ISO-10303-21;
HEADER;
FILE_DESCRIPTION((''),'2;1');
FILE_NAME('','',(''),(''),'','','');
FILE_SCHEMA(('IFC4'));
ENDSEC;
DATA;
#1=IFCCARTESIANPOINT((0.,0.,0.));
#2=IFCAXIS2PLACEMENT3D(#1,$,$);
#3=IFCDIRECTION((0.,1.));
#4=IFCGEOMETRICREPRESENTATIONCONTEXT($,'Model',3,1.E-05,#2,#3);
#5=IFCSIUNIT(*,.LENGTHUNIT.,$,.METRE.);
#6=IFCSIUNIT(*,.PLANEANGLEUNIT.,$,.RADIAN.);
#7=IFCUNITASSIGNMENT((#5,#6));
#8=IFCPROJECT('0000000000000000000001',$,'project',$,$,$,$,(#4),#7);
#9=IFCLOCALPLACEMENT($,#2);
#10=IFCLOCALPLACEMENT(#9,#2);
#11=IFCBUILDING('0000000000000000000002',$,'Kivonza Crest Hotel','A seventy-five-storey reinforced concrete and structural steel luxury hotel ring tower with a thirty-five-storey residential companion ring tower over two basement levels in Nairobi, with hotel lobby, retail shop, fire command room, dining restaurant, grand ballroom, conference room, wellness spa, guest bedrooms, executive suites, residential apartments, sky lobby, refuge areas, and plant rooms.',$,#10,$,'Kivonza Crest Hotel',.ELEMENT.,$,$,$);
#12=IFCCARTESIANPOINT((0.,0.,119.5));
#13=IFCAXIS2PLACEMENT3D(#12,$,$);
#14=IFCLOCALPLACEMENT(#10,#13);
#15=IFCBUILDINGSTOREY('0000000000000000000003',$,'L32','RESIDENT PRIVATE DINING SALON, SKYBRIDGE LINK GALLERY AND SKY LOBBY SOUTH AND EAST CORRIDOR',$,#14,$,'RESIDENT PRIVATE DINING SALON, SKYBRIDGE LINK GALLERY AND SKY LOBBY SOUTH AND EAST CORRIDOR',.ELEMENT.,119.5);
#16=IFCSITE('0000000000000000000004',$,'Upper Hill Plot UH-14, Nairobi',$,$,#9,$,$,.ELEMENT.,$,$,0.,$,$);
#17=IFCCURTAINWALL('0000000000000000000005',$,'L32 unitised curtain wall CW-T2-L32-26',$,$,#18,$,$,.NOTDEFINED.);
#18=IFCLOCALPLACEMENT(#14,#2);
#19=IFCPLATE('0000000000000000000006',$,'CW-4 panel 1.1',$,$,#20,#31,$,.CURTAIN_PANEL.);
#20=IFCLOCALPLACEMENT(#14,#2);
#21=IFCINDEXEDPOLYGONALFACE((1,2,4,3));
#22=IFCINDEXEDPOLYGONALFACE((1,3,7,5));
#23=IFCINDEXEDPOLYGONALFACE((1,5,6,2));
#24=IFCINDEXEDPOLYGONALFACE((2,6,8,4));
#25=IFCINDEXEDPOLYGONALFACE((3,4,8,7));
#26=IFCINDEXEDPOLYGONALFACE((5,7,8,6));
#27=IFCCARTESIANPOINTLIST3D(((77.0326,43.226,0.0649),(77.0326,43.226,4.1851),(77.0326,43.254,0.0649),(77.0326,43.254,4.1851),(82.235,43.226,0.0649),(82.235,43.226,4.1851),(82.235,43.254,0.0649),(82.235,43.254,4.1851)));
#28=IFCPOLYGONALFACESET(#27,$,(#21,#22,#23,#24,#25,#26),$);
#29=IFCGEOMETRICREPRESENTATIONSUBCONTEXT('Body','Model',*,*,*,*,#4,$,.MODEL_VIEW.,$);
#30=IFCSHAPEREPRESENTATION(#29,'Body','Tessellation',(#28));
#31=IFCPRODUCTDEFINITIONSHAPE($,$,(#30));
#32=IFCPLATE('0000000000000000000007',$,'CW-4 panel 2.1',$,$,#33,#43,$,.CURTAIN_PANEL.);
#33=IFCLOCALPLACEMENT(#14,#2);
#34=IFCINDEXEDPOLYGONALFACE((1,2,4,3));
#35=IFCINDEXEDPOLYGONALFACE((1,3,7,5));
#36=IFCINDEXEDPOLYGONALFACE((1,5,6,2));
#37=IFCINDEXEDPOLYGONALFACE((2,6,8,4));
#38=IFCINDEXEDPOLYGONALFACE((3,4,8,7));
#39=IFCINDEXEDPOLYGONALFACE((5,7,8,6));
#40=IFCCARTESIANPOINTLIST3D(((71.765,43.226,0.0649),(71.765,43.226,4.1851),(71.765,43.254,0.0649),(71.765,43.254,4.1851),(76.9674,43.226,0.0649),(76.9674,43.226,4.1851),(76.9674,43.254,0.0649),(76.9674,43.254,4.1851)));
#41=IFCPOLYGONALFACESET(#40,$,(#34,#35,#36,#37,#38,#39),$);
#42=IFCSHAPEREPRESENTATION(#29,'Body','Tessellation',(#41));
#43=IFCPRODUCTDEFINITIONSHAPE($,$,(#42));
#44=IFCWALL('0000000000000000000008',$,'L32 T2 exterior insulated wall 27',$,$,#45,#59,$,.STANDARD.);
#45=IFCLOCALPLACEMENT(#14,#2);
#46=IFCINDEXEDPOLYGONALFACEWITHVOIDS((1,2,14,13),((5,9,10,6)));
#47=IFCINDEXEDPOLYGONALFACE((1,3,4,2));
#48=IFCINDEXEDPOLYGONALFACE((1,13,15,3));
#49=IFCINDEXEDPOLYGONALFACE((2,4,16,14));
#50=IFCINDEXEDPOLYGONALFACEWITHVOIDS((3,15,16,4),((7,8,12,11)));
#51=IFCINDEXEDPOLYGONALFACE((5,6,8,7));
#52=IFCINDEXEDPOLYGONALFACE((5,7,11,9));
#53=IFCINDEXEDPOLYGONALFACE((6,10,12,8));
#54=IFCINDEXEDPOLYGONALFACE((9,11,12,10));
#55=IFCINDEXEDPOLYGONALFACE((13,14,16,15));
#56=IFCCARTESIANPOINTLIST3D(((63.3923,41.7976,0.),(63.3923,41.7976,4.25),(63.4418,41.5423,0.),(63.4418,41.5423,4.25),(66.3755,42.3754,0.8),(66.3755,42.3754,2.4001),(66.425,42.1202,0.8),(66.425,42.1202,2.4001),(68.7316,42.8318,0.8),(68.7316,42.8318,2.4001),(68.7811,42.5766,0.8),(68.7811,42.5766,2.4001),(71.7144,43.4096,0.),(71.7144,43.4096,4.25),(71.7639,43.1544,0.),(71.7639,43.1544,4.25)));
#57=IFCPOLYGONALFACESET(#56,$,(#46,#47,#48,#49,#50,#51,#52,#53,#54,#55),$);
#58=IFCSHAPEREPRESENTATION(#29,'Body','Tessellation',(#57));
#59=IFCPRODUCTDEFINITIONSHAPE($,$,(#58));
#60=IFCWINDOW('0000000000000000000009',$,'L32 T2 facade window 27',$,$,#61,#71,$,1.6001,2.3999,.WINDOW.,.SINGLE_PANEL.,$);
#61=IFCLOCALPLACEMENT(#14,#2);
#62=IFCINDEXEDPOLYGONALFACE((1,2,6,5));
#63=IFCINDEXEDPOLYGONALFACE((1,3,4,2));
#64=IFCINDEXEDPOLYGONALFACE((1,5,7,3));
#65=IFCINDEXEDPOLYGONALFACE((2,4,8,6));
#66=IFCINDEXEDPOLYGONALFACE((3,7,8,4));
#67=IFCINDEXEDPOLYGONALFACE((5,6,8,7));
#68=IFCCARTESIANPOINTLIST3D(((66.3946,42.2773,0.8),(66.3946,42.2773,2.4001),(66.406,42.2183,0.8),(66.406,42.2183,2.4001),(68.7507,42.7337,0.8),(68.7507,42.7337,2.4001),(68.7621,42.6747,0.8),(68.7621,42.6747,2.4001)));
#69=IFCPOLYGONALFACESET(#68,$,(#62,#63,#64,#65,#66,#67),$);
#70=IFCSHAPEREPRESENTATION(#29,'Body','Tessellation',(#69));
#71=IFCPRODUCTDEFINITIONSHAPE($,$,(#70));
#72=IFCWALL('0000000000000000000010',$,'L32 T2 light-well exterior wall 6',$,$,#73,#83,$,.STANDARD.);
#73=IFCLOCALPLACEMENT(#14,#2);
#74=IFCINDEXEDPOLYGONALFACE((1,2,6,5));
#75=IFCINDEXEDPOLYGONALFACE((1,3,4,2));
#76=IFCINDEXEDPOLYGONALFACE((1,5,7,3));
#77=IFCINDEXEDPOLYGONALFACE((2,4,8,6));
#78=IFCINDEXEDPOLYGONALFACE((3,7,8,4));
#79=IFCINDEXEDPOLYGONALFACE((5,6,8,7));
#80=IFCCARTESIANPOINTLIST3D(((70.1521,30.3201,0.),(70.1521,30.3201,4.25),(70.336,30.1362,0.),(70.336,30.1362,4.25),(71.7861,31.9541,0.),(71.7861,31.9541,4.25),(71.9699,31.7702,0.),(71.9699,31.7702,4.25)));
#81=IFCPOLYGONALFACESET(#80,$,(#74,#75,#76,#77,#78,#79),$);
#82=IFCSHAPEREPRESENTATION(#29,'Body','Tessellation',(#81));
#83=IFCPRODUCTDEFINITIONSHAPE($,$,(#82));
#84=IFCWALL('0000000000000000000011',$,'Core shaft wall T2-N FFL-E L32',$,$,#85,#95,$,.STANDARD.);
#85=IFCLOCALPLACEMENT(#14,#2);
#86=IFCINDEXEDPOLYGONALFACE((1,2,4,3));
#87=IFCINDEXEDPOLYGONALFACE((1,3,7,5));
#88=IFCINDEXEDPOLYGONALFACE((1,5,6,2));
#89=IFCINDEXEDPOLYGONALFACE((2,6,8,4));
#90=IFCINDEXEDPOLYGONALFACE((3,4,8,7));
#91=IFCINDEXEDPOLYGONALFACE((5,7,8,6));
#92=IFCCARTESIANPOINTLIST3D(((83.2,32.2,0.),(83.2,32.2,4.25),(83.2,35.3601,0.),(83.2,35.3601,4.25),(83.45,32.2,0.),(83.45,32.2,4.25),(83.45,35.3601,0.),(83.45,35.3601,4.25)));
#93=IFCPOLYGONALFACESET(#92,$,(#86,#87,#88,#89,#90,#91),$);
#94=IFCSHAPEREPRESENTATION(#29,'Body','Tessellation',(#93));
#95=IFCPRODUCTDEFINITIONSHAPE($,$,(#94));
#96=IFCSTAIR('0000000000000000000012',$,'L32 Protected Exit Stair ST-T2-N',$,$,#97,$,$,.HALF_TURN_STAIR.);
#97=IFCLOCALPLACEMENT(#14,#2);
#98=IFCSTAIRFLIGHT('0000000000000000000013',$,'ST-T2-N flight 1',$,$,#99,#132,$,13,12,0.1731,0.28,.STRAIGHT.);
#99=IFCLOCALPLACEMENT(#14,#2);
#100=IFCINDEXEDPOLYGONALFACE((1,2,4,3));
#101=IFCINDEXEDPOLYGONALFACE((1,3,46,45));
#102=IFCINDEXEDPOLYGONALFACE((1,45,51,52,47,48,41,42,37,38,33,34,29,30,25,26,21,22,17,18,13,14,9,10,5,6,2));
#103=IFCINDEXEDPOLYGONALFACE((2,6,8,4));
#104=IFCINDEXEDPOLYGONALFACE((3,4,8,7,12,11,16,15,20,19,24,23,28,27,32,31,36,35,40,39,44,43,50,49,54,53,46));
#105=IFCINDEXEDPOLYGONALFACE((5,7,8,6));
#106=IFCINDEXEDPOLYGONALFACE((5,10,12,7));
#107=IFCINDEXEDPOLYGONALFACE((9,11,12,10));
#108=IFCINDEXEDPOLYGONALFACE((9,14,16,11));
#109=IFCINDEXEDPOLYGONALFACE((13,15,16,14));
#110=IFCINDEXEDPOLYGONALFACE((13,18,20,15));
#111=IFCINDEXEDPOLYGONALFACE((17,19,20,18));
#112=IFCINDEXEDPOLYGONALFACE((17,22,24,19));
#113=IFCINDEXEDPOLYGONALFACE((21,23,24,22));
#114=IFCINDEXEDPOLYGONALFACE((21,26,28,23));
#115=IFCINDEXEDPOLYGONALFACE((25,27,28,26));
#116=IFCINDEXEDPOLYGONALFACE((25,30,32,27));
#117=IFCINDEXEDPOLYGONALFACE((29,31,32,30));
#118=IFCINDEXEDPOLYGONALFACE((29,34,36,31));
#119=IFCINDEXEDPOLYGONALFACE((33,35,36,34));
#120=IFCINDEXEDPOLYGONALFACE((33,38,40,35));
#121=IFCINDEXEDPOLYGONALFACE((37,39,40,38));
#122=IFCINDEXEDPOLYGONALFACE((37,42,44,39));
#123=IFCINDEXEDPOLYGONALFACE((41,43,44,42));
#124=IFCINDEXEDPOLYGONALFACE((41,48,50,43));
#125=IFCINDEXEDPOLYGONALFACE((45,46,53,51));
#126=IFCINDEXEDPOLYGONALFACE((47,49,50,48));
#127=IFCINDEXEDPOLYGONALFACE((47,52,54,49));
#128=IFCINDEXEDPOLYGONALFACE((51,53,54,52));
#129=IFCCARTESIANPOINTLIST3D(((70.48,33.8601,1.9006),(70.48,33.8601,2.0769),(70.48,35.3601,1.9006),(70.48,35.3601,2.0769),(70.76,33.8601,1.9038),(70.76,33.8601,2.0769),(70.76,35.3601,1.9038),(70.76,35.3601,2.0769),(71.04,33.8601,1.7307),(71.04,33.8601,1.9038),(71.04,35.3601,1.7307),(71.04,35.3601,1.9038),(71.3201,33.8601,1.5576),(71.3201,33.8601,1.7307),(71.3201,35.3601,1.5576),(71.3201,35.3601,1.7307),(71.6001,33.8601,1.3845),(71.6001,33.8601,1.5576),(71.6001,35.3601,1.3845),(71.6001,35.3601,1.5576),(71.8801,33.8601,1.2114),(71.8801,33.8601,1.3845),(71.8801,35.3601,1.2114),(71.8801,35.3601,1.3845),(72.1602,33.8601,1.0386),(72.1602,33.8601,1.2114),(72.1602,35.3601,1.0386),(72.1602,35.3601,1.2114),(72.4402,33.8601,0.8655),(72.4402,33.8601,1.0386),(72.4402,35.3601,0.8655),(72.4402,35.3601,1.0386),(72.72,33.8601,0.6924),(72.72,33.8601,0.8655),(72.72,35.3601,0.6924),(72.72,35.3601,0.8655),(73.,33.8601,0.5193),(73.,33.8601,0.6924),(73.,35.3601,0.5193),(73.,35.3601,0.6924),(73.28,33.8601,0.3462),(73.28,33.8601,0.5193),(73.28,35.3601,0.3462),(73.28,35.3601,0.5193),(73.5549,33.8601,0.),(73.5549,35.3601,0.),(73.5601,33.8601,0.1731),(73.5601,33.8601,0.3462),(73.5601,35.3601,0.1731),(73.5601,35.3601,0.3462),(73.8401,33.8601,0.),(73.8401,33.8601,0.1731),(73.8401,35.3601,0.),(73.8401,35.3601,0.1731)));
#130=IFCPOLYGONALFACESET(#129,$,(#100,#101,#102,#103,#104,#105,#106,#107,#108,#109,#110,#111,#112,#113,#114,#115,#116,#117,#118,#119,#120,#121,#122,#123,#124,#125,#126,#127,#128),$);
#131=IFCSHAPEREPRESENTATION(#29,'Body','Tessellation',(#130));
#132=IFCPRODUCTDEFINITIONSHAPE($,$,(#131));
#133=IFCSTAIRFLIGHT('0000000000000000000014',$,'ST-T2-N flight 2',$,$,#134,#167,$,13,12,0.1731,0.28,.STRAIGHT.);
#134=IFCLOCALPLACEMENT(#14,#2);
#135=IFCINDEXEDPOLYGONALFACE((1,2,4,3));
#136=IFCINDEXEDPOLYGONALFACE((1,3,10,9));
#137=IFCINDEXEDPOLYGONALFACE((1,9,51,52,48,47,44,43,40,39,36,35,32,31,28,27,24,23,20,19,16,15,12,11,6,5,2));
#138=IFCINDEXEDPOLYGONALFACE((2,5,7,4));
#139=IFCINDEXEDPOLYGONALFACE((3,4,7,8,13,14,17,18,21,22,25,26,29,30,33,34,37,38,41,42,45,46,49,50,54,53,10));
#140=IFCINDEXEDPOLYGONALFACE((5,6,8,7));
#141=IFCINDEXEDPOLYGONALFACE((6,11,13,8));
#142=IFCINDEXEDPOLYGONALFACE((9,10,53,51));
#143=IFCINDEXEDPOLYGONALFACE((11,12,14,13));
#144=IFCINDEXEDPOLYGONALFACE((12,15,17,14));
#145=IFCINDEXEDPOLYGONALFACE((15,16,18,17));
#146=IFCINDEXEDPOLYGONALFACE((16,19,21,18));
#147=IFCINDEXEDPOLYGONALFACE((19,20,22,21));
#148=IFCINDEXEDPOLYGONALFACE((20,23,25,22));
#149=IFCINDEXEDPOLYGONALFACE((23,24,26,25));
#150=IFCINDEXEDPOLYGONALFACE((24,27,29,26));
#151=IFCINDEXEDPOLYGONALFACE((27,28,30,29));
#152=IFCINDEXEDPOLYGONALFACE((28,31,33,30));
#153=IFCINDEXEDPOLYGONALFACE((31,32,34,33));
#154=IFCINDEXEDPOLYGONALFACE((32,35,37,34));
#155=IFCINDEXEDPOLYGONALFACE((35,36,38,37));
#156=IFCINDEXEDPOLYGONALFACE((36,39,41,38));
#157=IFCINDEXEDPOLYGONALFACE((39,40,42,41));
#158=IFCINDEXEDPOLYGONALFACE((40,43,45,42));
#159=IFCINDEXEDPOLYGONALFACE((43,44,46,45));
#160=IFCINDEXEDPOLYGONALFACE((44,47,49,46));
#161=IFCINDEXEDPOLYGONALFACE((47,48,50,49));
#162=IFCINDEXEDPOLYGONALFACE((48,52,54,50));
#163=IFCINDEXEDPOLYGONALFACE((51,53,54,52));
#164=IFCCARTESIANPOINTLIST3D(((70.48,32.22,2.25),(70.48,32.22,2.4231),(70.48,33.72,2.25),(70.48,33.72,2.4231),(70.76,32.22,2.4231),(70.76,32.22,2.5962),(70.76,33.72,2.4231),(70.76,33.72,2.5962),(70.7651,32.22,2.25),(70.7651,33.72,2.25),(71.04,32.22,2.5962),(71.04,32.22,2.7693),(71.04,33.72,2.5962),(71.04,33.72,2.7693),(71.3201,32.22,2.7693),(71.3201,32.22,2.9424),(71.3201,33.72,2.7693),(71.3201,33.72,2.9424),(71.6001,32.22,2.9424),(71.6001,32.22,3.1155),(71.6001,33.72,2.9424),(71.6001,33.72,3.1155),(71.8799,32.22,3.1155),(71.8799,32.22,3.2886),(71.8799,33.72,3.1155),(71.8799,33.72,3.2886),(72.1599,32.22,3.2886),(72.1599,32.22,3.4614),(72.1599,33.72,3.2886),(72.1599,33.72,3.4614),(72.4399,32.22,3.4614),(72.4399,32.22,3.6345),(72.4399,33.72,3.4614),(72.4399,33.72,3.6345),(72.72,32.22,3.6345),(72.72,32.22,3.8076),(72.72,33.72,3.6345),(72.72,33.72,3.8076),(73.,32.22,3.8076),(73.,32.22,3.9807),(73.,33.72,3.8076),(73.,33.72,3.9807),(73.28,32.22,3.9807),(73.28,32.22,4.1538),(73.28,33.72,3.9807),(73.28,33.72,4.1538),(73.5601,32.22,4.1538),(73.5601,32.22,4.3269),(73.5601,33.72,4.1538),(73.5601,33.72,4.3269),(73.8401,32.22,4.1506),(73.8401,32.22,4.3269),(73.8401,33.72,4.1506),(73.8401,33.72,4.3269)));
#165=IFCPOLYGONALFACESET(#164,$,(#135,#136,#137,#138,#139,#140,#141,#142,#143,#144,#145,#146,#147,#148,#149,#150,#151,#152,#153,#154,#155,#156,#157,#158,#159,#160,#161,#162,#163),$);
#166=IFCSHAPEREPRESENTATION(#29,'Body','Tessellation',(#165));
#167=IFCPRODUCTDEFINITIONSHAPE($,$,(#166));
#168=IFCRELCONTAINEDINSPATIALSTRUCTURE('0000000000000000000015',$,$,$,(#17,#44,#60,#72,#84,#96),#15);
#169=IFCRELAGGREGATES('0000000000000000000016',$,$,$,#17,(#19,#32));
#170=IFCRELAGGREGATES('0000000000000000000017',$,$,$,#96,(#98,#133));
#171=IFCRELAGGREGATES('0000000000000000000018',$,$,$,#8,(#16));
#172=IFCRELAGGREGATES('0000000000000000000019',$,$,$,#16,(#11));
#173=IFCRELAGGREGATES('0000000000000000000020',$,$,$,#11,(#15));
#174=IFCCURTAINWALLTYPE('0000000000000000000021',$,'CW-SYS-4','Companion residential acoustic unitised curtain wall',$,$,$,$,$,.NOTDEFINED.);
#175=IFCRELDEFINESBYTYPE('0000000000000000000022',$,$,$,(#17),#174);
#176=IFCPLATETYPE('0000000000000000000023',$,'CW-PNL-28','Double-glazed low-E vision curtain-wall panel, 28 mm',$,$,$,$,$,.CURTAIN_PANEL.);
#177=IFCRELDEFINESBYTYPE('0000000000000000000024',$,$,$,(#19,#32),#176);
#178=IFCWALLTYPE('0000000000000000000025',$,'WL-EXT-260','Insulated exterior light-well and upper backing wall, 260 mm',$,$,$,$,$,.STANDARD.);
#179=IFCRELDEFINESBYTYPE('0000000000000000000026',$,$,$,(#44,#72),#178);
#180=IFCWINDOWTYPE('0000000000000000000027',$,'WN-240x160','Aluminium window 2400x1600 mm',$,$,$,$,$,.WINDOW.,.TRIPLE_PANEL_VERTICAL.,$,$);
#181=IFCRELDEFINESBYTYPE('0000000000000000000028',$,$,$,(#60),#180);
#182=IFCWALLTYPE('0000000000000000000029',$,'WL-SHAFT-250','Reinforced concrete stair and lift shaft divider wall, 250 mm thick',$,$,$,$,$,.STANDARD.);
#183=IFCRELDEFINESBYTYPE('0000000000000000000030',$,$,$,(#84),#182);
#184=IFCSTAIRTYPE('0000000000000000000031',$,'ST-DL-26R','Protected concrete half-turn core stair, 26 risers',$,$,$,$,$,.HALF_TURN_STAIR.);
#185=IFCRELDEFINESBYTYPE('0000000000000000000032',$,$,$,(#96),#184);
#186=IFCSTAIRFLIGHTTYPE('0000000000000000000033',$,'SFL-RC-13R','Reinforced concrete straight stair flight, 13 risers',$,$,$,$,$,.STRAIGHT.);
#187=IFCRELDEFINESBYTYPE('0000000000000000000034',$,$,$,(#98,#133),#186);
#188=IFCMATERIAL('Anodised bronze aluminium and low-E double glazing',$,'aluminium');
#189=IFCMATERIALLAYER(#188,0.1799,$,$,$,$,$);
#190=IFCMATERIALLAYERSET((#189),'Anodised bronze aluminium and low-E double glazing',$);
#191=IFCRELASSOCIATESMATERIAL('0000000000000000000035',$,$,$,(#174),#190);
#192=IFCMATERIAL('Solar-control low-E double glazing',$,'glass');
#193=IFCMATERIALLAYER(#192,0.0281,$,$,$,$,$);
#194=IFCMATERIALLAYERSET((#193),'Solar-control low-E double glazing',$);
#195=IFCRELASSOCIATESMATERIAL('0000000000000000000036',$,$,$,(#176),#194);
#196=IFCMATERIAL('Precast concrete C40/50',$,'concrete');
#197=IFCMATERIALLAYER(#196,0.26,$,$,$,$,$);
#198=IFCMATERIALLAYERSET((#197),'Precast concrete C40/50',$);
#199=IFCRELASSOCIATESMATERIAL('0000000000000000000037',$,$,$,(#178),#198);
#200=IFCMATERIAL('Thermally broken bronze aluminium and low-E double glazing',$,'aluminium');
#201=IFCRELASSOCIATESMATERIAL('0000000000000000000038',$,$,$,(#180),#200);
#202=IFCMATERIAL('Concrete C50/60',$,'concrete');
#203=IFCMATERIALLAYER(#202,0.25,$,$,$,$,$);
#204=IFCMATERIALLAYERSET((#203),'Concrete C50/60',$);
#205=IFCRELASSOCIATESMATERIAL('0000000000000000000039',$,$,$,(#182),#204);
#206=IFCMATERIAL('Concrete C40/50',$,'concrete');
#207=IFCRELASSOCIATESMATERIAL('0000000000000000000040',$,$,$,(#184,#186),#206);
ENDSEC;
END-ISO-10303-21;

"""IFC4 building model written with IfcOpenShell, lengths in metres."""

from ifc_helpers import new_model, si_unit, direction, frame, frame_2d, origin, origin_2d, place, context, subcontext, project, spatial, polyline, rectangle, outline, extrude, material, layer, layer_set, type_object, element, fill, aggregate, save


model = new_model("IFC4")

# Units and contexts
model_context = context("Model", 3, precision=1e-05, world=origin(), true_north=direction((0.0, 1.0)))
body_context = subcontext(model_context, "Body", "Model", "MODEL_VIEW")
ifc_project = project(units=[si_unit("LENGTHUNIT", "METRE"), si_unit("PLANEANGLEUNIT", "RADIAN")], contexts=[model_context])

# Site, building, storey
site_placement = place(None, origin())
site = spatial("IfcSite", under=ifc_project, at=site_placement, Name="Upper Hill Plot UH-14, Nairobi", CompositionType="ELEMENT", RefElevation=0.0)
building_placement = place(site_placement, origin())
building = spatial("IfcBuilding", under=site, at=building_placement, Name="Kivonza Crest Hotel", Description="A seventy-five-storey reinforced concrete and structural steel luxury hotel ring tower with a thirty-five-storey residential companion ring tower over two basement levels in Nairobi, with hotel lobby, retail shop, fire command room, dining restaurant, grand ballroom, conference room, wellness spa, guest bedrooms, executive suites, residential apartments, sky lobby, refuge areas, and plant rooms.", LongName="Kivonza Crest Hotel", CompositionType="ELEMENT")
storey_placement = place(building_placement, frame((0.0, 0.0, 119.5)))
storey = spatial("IfcBuildingStorey", under=building, at=storey_placement, Name="L32", Description="RESIDENT PRIVATE DINING SALON, SKYBRIDGE LINK GALLERY AND SKY LOBBY SOUTH AND EAST CORRIDOR", LongName="RESIDENT PRIVATE DINING SALON, SKYBRIDGE LINK GALLERY AND SKY LOBBY SOUTH AND EAST CORRIDOR", CompositionType="ELEMENT", Elevation=119.5)

# Shared definitions
ifc_material_1 = material(Name="Concrete C50/60", Category="concrete")

# Curtain wall, plates
ifc_material_2 = material(Name="Anodised bronze aluminium and low-E double glazing", Category="aluminium")
ifc_layer_1 = layer(ifc_material_2, 0.1799)
ifc_layer_set_1 = layer_set([ifc_layer_1], Name="Anodised bronze aluminium and low-E double glazing")
curtain_wall_type = type_object("IfcCurtainWallType", Name="CW-SYS-4", Description="Companion residential acoustic unitised curtain wall", PredefinedType="NOTDEFINED", material=ifc_layer_set_1)
curtain_wall_placement = place(storey_placement, origin())
curtain_wall = element("IfcCurtainWall", 1, at=curtain_wall_placement, inside=storey, type_object=curtain_wall_type, Name="L32 unitised curtain wall CW-T2-L32-26", PredefinedType="NOTDEFINED")
ifc_material_3 = material(Name="Solar-control low-E double glazing", Category="glass")
ifc_layer_2 = layer(ifc_material_3, 0.0281)
ifc_layer_set_2 = layer_set([ifc_layer_2], Name="Solar-control low-E double glazing")
plate_type = type_object("IfcPlateType", Name="CW-PNL-28", Description="Double-glazed low-E vision curtain-wall panel, 28 mm", PredefinedType="CURTAIN_PANEL", material=ifc_layer_set_2)
plate_1_placement = place(storey_placement, frame((79.6338, 43.24, 0.0649), z_axis=(0.0, 0.0, 1.0), x_axis=(-1.0, 0.0, 0.0)))
plate_1 = element("IfcPlate", 2, at=plate_1_placement, type_object=plate_type, Name="CW-4 panel 1.1", PredefinedType="CURTAIN_PANEL", context=body_context, shape_type="SweptSolid", body=[
    extrude(rectangle(XDim=5.2024, YDim=0.0281, at=origin_2d()), origin(), (0.0, 0.0, 1.0), 4.1201),
])
plate_2_placement = place(storey_placement, frame((74.3662, 43.24, 0.0649), z_axis=(0.0, 0.0, 1.0), x_axis=(-1.0, 0.0, 0.0)))
plate_2 = element("IfcPlate", 3, at=plate_2_placement, type_object=plate_type, Name="CW-4 panel 2.1", PredefinedType="CURTAIN_PANEL", context=body_context, shape_type="SweptSolid", body=[
    extrude(rectangle(XDim=5.2024, YDim=0.0281, at=origin_2d()), origin(), (0.0, 0.0, 1.0), 4.1201),
])
aggregate(curtain_wall, [plate_1, plate_2])

# Wall, opening, window
ifc_material_4 = material(Name="Precast concrete C40/50", Category="concrete")
ifc_layer_3 = layer(ifc_material_4, 0.26)
ifc_layer_set_3 = layer_set([ifc_layer_3], Name="Precast concrete C40/50")
wall_type_1 = type_object("IfcWallType", Name="WL-EXT-260", Description="Insulated exterior light-well and upper backing wall, 260 mm", PredefinedType="STANDARD", material=ifc_layer_set_3)
wall_1_placement = place(storey_placement, frame((71.739, 43.282, 0.0), z_axis=(0.0, 0.0, 1.0), x_axis=(-0.98175, -0.190175, 0.0)))
wall_1 = element("IfcWall", 4, at=wall_1_placement, inside=storey, type_object=wall_type_1, Name="L32 T2 exterior insulated wall 27", PredefinedType="STANDARD", context=body_context, shape_type="SweptSolid", body=[
    extrude(rectangle(XDim=8.4768, YDim=0.26, at=frame_2d((4.2383, 0.0))), origin(), (0.0, 0.0, 1.0), 4.25),
])
opening_1_placement = place(wall_1_placement, frame((3.0381, 0.0, 0.8)))
opening_1 = element("IfcOpeningElement", 5, at=opening_1_placement, cuts=wall_1, PredefinedType="OPENING", context=body_context, shape_type="SweptSolid", body=[
    extrude(rectangle(XDim=2.3999, YDim=1.6001, at=frame_2d((1.2, 0.8))), frame((0.0, 0.1401, 0.0), z_axis=(0.0, -1.0, 0.0), x_axis=(1.0, 0.0, 0.0)), (0.0, 0.0, 1.0), 0.28),
])
ifc_material_5 = material(Name="Thermally broken bronze aluminium and low-E double glazing", Category="aluminium")
window_type = type_object("IfcWindowType", Name="WN-240x160", Description="Aluminium window 2400x1600 mm", PartitioningType="TRIPLE_PANEL_VERTICAL", PredefinedType="WINDOW", material=ifc_material_5)
window_placement = place(opening_1_placement, origin())
window = element("IfcWindow", 6, at=window_placement, inside=storey, type_object=window_type, Name="L32 T2 facade window 27", OverallHeight=1.6001, OverallWidth=2.3999, PartitioningType="SINGLE_PANEL", PredefinedType="WINDOW", context=body_context, shape_type="SweptSolid", body=[
    extrude(rectangle(XDim=2.3999, YDim=1.6001, at=frame_2d((1.2, 0.8))), frame((0.0, 0.03, 0.0), z_axis=(0.0, -1.0, 0.0), x_axis=(1.0, 0.0, 0.0)), (0.0, 0.0, 1.0), 0.0601),
])
fill(opening_1, window)

# Wall
wall_2_placement = place(storey_placement, frame((71.8779, 31.8621, 0.0), z_axis=(0.0, 0.0, 1.0), x_axis=(-0.707107, -0.707107, 0.0)))
element("IfcWall", 7, at=wall_2_placement, inside=storey, type_object=wall_type_1, Name="L32 T2 light-well exterior wall 6", PredefinedType="STANDARD", context=body_context, shape_type="SweptSolid", body=[
    extrude(rectangle(XDim=2.3108, YDim=0.26, at=frame_2d((1.1553, 0.0))), origin(), (0.0, 0.0, 1.0), 4.25),
])

# Shared definitions
ifc_layer_4 = layer(ifc_material_1, 0.25)
ifc_layer_set_4 = layer_set([ifc_layer_4], Name="Concrete C50/60")
wall_type_2 = type_object("IfcWallType", Name="WL-SHAFT-250", Description="Reinforced concrete stair and lift shaft divider wall, 250 mm thick", PredefinedType="STANDARD", material=ifc_layer_set_4)

# Wall
wall_3_placement = place(storey_placement, frame((83.325, 32.2, 0.0), z_axis=(0.0, 0.0, 1.0), x_axis=(0.0, 1.0, 0.0)))
element("IfcWall", 8, at=wall_3_placement, inside=storey, type_object=wall_type_2, Name="Core shaft wall T2-N FFL-E L32", PredefinedType="STANDARD", context=body_context, shape_type="SweptSolid", body=[
    extrude(rectangle(XDim=3.1602, YDim=0.25, at=frame_2d((1.5801, 0.0))), origin(), (0.0, 0.0, 1.0), 4.25),
])

# Stair, stair flights
ifc_material_6 = material(Name="Concrete C40/50", Category="concrete")
stair_type = type_object("IfcStairType", Name="ST-DL-26R", Description="Protected concrete half-turn core stair, 26 risers", PredefinedType="HALF_TURN_STAIR", material=ifc_material_6)
stair_placement = place(storey_placement, origin())
stair = element("IfcStair", 9, at=stair_placement, inside=storey, type_object=stair_type, Name="L32 Protected Exit Stair ST-T2-N", PredefinedType="HALF_TURN_STAIR")
stair_flight_type = type_object("IfcStairFlightType", Name="SFL-RC-13R", Description="Reinforced concrete straight stair flight, 13 risers", PredefinedType="STRAIGHT", material=ifc_material_6)
stair_flight_1_placement = place(storey_placement, frame((73.8401, 34.6101, 0.0), z_axis=(0.0, 0.0, 1.0), x_axis=(-1.0, 0.0, 0.0)))
stair_flight_1 = element("IfcStairFlight", 10, at=stair_flight_1_placement, type_object=stair_flight_type, Name="ST-T2-N flight 1", NumberOfRisers=13, NumberOfTreads=12, PredefinedType="STRAIGHT", RiserHeight=0.1731, TreadLength=0.28, context=body_context, shape_type="SweptSolid", body=[
    extrude(outline(polyline([(0.0, 0.0), (0.0, 0.1731), (0.28, 0.1731), (0.28, 0.3462), (0.5601, 0.3462), (0.5601, 0.5193), (0.8401, 0.5193), (0.8401, 0.6924), (1.1201, 0.6924), (1.1201, 0.8655), (1.3999, 0.8655), (1.3999, 1.0386), (1.6799, 1.0386), (1.6799, 1.2114), (1.96, 1.2114), (1.96, 1.3845), (2.24, 1.3845), (2.24, 1.5576), (2.52, 1.5576), (2.52, 1.7307), (2.8, 1.7307), (2.8, 1.9038), (3.0801, 1.9038), (3.0801, 2.0769), (3.3601, 2.0769), (3.3601, 2.25), (3.3601, 1.9006), (0.2852, 0.0), (0.0, 0.0)])), frame((0.0, 0.75, 0.0), z_axis=(0.0, -1.0, 0.0), x_axis=(1.0, 0.0, 0.0)), (0.0, 0.0, 1.0), 1.5),
])
stair_flight_2_placement = place(storey_placement, frame((70.48, 32.97, 2.25), z_axis=(0.0, 0.0, 1.0), x_axis=(1.0, 0.0, 0.0)))
stair_flight_2 = element("IfcStairFlight", 11, at=stair_flight_2_placement, type_object=stair_flight_type, Name="ST-T2-N flight 2", NumberOfRisers=13, NumberOfTreads=12, PredefinedType="STRAIGHT", RiserHeight=0.1731, TreadLength=0.28, context=body_context, shape_type="SweptSolid", body=[
    extrude(outline(polyline([(0.0, 0.0), (0.0, 0.1731), (0.28, 0.1731), (0.28, 0.3462), (0.5601, 0.3462), (0.5601, 0.5193), (0.8401, 0.5193), (0.8401, 0.6924), (1.1201, 0.6924), (1.1201, 0.8655), (1.3999, 0.8655), (1.3999, 1.0386), (1.6799, 1.0386), (1.6799, 1.2114), (1.96, 1.2114), (1.96, 1.3845), (2.24, 1.3845), (2.24, 1.5576), (2.52, 1.5576), (2.52, 1.7307), (2.8, 1.7307), (2.8, 1.9038), (3.0801, 1.9038), (3.0801, 2.0769), (3.3601, 2.0769), (3.3601, 2.25), (3.3601, 1.9006), (0.2852, 0.0), (0.0, 0.0)])), frame((0.0, 0.75, 0.0), z_axis=(0.0, -1.0, 0.0), x_axis=(1.0, 0.0, 0.0)), (0.0, 0.0, 1.0), 1.5),
])
aggregate(stair, [stair_flight_1, stair_flight_2])

save(model, "model.ifc")
